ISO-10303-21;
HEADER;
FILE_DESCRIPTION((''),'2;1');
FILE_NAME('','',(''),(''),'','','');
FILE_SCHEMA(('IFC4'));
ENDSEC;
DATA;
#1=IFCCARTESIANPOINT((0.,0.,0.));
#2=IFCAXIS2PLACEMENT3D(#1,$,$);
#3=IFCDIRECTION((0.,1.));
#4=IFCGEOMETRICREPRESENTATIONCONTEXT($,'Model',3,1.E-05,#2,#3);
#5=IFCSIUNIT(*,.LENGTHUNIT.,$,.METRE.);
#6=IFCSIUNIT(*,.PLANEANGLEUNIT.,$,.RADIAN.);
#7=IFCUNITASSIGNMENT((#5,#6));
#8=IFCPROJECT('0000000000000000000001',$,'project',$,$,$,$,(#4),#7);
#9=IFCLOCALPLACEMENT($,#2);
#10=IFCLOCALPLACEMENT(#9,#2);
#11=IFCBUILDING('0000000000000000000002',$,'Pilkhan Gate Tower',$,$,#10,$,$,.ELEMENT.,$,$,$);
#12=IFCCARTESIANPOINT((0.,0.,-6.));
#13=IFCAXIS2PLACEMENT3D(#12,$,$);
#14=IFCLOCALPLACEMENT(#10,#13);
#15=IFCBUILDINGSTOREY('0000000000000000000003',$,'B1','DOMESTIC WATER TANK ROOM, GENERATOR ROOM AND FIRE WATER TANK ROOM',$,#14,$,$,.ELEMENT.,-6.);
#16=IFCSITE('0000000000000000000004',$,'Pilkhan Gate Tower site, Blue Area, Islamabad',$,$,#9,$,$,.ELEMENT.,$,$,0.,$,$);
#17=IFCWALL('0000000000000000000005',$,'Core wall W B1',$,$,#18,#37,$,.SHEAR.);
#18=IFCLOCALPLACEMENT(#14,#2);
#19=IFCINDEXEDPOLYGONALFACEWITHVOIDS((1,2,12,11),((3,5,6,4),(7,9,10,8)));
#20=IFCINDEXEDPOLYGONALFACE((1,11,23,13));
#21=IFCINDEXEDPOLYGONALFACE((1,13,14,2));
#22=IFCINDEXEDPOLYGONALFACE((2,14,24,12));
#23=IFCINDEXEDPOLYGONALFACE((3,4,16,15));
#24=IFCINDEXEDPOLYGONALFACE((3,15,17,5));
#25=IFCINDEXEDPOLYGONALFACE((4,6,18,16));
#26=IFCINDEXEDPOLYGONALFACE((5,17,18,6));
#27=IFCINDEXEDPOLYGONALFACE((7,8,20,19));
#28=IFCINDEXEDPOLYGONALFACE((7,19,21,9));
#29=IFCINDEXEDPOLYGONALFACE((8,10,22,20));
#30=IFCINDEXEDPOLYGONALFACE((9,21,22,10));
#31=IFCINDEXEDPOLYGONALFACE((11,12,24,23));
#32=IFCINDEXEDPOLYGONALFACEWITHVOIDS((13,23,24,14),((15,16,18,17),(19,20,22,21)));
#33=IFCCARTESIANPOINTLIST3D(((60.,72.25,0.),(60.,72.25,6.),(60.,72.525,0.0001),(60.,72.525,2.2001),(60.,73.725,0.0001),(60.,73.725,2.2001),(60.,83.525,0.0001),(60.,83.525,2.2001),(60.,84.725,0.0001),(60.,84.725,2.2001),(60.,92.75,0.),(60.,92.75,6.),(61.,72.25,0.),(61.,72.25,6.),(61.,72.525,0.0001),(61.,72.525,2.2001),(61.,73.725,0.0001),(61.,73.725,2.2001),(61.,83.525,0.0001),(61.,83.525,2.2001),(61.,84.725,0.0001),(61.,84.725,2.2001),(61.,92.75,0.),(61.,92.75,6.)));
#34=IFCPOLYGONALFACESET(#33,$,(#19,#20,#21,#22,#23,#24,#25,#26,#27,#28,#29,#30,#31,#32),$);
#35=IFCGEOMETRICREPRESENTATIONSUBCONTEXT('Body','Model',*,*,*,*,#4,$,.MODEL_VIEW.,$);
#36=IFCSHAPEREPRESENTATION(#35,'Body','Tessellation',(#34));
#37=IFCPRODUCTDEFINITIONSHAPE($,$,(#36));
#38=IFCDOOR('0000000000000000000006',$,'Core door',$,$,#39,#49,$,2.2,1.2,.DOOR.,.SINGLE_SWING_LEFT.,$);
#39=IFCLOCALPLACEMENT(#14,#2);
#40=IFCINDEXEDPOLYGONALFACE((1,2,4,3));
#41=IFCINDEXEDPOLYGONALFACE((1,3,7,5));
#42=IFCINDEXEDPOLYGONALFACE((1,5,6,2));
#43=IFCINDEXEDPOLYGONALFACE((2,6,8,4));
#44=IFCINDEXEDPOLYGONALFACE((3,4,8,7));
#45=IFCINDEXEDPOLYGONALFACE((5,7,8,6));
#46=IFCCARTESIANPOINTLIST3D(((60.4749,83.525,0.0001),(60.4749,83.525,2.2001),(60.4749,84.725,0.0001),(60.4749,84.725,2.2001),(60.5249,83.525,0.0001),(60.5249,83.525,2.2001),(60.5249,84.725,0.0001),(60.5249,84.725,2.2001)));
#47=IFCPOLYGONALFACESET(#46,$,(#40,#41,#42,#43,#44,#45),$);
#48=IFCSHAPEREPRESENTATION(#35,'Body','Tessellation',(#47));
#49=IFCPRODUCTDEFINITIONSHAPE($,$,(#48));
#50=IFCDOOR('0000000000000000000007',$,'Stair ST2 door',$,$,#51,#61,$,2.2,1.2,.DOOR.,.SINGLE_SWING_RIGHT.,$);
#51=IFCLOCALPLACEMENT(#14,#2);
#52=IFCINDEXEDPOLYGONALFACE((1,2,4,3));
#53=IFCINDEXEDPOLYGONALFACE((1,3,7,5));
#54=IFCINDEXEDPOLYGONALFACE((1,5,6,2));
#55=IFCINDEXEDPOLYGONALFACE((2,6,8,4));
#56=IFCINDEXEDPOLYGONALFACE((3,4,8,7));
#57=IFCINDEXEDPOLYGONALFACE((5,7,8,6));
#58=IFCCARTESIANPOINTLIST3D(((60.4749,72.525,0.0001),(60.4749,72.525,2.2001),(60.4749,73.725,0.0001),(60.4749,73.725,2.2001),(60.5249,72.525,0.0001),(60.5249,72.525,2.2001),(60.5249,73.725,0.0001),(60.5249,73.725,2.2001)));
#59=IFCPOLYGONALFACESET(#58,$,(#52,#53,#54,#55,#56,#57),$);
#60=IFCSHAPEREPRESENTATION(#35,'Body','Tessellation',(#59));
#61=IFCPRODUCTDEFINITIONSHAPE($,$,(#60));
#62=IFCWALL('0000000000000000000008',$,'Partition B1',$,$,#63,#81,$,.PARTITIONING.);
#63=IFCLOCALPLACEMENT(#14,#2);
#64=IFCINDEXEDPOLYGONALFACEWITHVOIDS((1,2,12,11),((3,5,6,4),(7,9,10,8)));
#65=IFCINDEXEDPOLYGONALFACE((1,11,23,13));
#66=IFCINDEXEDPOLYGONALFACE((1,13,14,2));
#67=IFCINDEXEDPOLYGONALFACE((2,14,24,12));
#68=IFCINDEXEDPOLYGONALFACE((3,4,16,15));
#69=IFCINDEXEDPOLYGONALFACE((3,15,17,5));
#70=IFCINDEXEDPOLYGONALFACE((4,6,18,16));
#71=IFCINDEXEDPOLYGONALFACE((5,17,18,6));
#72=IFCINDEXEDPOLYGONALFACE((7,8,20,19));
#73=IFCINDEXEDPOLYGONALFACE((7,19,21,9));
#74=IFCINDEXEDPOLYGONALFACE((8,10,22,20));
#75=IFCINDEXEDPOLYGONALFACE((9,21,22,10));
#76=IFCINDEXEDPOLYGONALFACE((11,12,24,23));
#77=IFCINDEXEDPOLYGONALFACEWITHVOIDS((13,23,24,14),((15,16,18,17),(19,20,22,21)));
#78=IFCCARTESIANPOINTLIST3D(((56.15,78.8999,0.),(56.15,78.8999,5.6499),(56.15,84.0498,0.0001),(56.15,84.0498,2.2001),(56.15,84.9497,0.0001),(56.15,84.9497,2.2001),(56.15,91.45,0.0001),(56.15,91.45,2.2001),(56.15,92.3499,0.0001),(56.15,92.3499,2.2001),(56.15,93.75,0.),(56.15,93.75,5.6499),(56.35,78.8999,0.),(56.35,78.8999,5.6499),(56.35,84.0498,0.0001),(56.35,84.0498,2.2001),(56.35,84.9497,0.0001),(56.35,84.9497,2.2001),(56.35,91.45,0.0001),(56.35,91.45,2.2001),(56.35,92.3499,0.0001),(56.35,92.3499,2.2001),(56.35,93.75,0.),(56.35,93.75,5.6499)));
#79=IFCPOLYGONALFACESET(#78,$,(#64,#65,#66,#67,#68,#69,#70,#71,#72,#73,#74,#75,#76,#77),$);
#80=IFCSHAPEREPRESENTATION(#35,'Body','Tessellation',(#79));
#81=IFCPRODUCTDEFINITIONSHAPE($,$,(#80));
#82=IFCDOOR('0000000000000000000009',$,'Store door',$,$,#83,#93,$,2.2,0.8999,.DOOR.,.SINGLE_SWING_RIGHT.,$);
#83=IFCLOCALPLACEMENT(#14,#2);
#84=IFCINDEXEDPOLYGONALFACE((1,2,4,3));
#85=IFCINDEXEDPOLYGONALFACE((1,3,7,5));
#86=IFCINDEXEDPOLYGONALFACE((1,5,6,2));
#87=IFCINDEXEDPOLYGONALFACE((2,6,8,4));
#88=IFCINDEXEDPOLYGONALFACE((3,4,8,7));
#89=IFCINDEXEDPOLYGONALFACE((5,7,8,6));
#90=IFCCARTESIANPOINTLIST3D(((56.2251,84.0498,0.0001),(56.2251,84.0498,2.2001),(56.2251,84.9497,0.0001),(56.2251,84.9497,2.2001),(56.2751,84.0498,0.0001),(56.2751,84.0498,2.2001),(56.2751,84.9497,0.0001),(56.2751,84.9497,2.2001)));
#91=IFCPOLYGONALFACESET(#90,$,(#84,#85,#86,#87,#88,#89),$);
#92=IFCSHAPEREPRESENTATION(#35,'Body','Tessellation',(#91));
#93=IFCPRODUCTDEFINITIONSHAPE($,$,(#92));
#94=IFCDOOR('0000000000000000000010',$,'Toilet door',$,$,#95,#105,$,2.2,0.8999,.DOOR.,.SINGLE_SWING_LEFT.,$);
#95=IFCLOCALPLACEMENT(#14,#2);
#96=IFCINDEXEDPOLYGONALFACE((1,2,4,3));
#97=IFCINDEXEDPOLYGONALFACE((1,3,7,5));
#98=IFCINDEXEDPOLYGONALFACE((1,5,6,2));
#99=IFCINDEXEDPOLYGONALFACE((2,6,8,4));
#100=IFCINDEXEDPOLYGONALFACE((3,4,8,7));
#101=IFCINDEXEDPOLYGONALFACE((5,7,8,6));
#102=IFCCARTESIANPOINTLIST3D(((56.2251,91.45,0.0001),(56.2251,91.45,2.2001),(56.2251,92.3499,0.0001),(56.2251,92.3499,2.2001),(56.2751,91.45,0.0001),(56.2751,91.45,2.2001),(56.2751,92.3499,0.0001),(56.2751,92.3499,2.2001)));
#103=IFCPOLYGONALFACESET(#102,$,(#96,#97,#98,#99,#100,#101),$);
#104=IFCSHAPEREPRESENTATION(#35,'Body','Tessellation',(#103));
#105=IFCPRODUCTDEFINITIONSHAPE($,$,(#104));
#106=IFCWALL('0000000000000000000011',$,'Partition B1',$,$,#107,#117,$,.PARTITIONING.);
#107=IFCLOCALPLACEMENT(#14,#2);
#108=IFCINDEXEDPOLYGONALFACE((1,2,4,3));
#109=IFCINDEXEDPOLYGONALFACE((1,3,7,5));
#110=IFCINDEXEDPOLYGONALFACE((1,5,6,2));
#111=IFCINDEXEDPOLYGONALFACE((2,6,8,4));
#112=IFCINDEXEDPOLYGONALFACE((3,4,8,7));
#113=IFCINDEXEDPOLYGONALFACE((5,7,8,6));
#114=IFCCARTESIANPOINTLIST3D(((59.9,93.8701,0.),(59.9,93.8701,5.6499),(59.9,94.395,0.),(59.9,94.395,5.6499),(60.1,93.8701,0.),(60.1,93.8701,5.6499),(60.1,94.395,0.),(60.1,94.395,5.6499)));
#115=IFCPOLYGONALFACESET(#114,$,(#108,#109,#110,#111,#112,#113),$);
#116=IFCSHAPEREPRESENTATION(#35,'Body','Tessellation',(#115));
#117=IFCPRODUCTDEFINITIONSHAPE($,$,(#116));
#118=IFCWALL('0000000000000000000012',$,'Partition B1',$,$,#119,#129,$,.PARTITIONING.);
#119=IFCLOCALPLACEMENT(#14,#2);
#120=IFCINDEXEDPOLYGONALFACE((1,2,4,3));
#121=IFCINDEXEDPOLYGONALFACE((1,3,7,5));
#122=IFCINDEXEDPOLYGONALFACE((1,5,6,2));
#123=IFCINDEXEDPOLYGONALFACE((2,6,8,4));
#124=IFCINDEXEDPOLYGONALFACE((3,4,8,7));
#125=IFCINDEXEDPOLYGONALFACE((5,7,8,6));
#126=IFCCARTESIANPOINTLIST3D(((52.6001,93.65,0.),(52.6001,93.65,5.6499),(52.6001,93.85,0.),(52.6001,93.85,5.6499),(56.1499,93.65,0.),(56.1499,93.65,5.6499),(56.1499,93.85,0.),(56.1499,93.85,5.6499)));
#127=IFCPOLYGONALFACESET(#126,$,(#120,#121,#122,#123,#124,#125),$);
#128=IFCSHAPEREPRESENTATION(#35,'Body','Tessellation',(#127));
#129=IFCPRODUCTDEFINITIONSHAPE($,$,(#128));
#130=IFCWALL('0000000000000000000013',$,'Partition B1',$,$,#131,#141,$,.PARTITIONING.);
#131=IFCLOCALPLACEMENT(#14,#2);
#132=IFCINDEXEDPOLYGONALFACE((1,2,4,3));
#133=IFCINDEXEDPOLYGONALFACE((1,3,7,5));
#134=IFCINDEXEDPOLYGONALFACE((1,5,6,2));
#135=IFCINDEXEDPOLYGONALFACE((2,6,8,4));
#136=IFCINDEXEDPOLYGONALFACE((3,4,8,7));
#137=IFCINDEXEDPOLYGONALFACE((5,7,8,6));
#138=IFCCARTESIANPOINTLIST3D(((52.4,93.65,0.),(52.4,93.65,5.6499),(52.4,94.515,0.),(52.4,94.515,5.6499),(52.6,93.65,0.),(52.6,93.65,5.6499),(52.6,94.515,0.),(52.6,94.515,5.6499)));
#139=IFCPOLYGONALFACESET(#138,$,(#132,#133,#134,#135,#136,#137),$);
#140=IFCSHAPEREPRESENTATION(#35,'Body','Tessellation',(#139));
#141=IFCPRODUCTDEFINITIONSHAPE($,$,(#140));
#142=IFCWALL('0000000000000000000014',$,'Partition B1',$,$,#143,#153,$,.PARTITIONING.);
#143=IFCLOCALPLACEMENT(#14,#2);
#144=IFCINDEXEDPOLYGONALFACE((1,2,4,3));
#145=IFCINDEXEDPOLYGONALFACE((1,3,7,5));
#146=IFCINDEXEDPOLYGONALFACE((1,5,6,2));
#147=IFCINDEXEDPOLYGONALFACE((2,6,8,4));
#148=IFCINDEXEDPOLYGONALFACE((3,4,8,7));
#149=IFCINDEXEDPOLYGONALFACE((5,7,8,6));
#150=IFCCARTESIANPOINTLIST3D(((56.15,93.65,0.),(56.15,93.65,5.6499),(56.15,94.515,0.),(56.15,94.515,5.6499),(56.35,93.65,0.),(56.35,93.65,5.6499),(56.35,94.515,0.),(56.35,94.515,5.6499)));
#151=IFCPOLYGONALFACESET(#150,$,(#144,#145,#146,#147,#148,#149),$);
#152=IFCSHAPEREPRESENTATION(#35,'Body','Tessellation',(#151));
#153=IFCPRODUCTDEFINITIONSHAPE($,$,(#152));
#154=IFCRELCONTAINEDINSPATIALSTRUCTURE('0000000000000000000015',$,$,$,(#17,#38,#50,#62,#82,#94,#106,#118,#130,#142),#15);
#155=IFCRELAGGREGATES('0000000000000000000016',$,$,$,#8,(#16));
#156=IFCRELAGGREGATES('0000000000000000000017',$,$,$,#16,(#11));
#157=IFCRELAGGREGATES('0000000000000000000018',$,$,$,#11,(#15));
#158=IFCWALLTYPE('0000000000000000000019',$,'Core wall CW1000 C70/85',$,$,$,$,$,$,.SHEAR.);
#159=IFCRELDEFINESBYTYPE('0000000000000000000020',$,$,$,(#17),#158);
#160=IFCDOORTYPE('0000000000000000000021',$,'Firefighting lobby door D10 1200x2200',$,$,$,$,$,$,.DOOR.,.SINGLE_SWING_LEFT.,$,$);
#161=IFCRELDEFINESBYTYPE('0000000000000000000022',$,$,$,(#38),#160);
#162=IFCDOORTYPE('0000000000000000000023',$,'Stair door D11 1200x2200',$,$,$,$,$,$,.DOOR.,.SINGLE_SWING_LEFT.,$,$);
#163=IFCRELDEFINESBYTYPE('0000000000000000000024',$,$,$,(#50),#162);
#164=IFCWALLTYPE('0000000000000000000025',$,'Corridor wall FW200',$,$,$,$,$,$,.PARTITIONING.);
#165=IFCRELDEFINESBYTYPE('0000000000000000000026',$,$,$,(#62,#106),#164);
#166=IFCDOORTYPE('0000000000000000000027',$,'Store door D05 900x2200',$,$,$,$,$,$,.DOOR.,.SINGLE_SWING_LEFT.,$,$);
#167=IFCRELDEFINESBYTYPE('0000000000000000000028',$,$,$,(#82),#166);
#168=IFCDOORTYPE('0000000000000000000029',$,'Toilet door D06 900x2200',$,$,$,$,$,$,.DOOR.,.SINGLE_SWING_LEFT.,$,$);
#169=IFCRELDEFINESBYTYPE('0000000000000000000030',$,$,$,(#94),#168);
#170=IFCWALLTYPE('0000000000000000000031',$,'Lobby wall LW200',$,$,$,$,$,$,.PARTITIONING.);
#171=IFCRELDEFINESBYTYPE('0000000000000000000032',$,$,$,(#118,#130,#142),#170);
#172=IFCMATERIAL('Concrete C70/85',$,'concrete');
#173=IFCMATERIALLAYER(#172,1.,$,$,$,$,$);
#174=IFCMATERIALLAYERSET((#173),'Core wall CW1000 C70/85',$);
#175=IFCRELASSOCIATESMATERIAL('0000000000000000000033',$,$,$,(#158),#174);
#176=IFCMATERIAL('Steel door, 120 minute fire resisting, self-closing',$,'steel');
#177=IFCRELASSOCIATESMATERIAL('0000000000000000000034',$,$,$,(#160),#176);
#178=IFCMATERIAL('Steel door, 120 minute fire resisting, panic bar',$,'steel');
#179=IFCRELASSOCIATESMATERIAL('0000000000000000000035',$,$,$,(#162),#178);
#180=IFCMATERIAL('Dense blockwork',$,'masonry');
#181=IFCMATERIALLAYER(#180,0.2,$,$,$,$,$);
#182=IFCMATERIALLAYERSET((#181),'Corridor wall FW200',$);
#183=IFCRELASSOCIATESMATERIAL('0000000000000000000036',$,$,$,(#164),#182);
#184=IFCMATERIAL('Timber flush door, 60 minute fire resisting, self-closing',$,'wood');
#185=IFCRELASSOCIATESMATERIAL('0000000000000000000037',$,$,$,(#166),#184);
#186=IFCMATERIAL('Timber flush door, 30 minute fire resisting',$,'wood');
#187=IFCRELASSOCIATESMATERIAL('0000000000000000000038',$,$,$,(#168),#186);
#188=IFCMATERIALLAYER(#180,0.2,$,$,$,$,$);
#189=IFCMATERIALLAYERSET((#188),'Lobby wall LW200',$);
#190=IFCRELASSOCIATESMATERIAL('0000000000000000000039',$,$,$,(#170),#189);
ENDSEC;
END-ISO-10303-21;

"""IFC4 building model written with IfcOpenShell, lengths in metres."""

from ifc_helpers import new_model, si_unit, direction, frame, frame_2d, origin, place, context, subcontext, project, spatial, rectangle, extrude, material, layer, layer_set, type_object, element, fill, save


model = new_model("IFC4")

# Units and contexts
model_context = context("Model", 3, precision=1e-05, world=origin(), true_north=direction((0.0, 1.0)))
body_context = subcontext(model_context, "Body", "Model", "MODEL_VIEW")
ifc_project = project(units=[si_unit("LENGTHUNIT", "METRE"), si_unit("PLANEANGLEUNIT", "RADIAN")], contexts=[model_context])

# Site, building, storey
site_placement = place(None, origin())
site = spatial("IfcSite", under=ifc_project, at=site_placement, Name="Pilkhan Gate Tower site, Blue Area, Islamabad", CompositionType="ELEMENT", RefElevation=0.0)
building_placement = place(site_placement, origin())
building = spatial("IfcBuilding", under=site, at=building_placement, Name="Pilkhan Gate Tower", CompositionType="ELEMENT")
storey_placement = place(building_placement, frame((0.0, 0.0, -6.0)))
storey = spatial("IfcBuildingStorey", under=building, at=storey_placement, Name="B1", Description="DOMESTIC WATER TANK ROOM, GENERATOR ROOM AND FIRE WATER TANK ROOM", CompositionType="ELEMENT", Elevation=-6.0)

# Shared definitions
ifc_material_1 = material(Name="Concrete C70/85", Category="concrete")

# Walls, openings, doors
ifc_layer_1 = layer(ifc_material_1, 1.0)
ifc_layer_set_1 = layer_set([ifc_layer_1], Name="Core wall CW1000 C70/85")
wall_type_1 = type_object("IfcWallType", Name="Core wall CW1000 C70/85", PredefinedType="SHEAR", material=ifc_layer_set_1)
wall_1_placement = place(storey_placement, frame((60.5, 92.75, 0.0), z_axis=(0.0, 0.0, 1.0), x_axis=(0.0, -1.0, 0.0)))
wall_1 = element("IfcWall", 1, at=wall_1_placement, inside=storey, type_object=wall_type_1, Name="Core wall W B1", PredefinedType="SHEAR", context=body_context, shape_type="SweptSolid", body=[
    extrude(rectangle(XDim=20.5, YDim=1.0, at=frame_2d((10.25, 0.0))), origin(), (0.0, 0.0, 1.0), 6.0),
])
opening_1_placement = place(wall_1_placement, frame((19.0249, 0.0, 0.0)))
opening_1 = element("IfcOpeningElement", 2, at=opening_1_placement, cuts=wall_1, PredefinedType="OPENING", context=body_context, shape_type="SweptSolid", body=[
    extrude(rectangle(XDim=1.2, YDim=2.2, at=frame_2d((0.6001, 1.1001))), frame((0.0, 0.51, 0.0), z_axis=(0.0, -1.0, 0.0), x_axis=(1.0, 0.0, 0.0)), (0.0, 0.0, 1.0), 1.02),
])
opening_2_placement = place(wall_1_placement, frame((8.0249, 0.0, 0.0)))
opening_2 = element("IfcOpeningElement", 3, at=opening_2_placement, cuts=wall_1, PredefinedType="OPENING", context=body_context, shape_type="SweptSolid", body=[
    extrude(rectangle(XDim=1.2, YDim=2.2, at=frame_2d((0.6001, 1.1001))), frame((0.0, 0.51, 0.0), z_axis=(0.0, -1.0, 0.0), x_axis=(1.0, 0.0, 0.0)), (0.0, 0.0, 1.0), 1.02),
])
ifc_material_2 = material(Name="Steel door, 120 minute fire resisting, self-closing", Category="steel")
door_type_1 = type_object("IfcDoorType", Name="Firefighting lobby door D10 1200x2200", OperationType="SINGLE_SWING_LEFT", PredefinedType="DOOR", material=ifc_material_2)
door_1_placement = place(opening_2_placement, origin())
door_1 = element("IfcDoor", 4, at=door_1_placement, inside=storey, type_object=door_type_1, Name="Core door", OperationType="SINGLE_SWING_LEFT", OverallHeight=2.2, OverallWidth=1.2, PredefinedType="DOOR", context=body_context, shape_type="SweptSolid", body=[
    extrude(rectangle(XDim=1.2, YDim=2.2, at=frame_2d((0.6001, 1.1001))), frame((0.0, 0.0249, 0.0), z_axis=(0.0, -1.0, 0.0), x_axis=(1.0, 0.0, 0.0)), (0.0, 0.0, 1.0), 0.05),
])
fill(opening_2, door_1)
ifc_material_3 = material(Name="Steel door, 120 minute fire resisting, panic bar", Category="steel")
door_type_2 = type_object("IfcDoorType", Name="Stair door D11 1200x2200", OperationType="SINGLE_SWING_LEFT", PredefinedType="DOOR", material=ifc_material_3)
door_2_placement = place(opening_1_placement, origin())
door_2 = element("IfcDoor", 5, at=door_2_placement, inside=storey, type_object=door_type_2, Name="Stair ST2 door", OperationType="SINGLE_SWING_RIGHT", OverallHeight=2.2, OverallWidth=1.2, PredefinedType="DOOR", context=body_context, shape_type="SweptSolid", body=[
    extrude(rectangle(XDim=1.2, YDim=2.2, at=frame_2d((0.6001, 1.1001))), frame((0.0, 0.0249, 0.0), z_axis=(0.0, -1.0, 0.0), x_axis=(1.0, 0.0, 0.0)), (0.0, 0.0, 1.0), 0.05),
])
fill(opening_1, door_2)
ifc_material_4 = material(Name="Dense blockwork", Category="masonry")
ifc_layer_2 = layer(ifc_material_4, 0.2)
ifc_layer_set_2 = layer_set([ifc_layer_2], Name="Corridor wall FW200")
wall_type_2 = type_object("IfcWallType", Name="Corridor wall FW200", PredefinedType="PARTITIONING", material=ifc_layer_set_2)
wall_2_placement = place(storey_placement, frame((56.25, 78.8999, 0.0), z_axis=(0.0, 0.0, 1.0), x_axis=(0.0, 1.0, 0.0)))
wall_2 = element("IfcWall", 6, at=wall_2_placement, inside=storey, type_object=wall_type_2, Name="Partition B1", PredefinedType="PARTITIONING", context=body_context, shape_type="SweptSolid", body=[
    extrude(rectangle(XDim=14.8501, YDim=0.2, at=frame_2d((7.425, 0.0))), origin(), (0.0, 0.0, 1.0), 5.6499),
])
opening_3_placement = place(wall_2_placement, frame((5.1499, 0.0, 0.0)))
opening_3 = element("IfcOpeningElement", 7, at=opening_3_placement, cuts=wall_2, PredefinedType="OPENING", context=body_context, shape_type="SweptSolid", body=[
    extrude(rectangle(XDim=0.8999, YDim=2.2, at=frame_2d((0.45, 1.1001))), frame((0.0, 0.1099, 0.0), z_axis=(0.0, -1.0, 0.0), x_axis=(1.0, 0.0, 0.0)), (0.0, 0.0, 1.0), 0.22),
])
opening_4_placement = place(wall_2_placement, frame((12.55, 0.0, 0.0)))
opening_4 = element("IfcOpeningElement", 8, at=opening_4_placement, cuts=wall_2, PredefinedType="OPENING", context=body_context, shape_type="SweptSolid", body=[
    extrude(rectangle(XDim=0.8999, YDim=2.2, at=frame_2d((0.45, 1.1001))), frame((0.0, 0.1099, 0.0), z_axis=(0.0, -1.0, 0.0), x_axis=(1.0, 0.0, 0.0)), (0.0, 0.0, 1.0), 0.22),
])
ifc_material_5 = material(Name="Timber flush door, 60 minute fire resisting, self-closing", Category="wood")
door_type_3 = type_object("IfcDoorType", Name="Store door D05 900x2200", OperationType="SINGLE_SWING_LEFT", PredefinedType="DOOR", material=ifc_material_5)
door_3_placement = place(opening_3_placement, origin())
door_3 = element("IfcDoor", 9, at=door_3_placement, inside=storey, type_object=door_type_3, Name="Store door", OperationType="SINGLE_SWING_RIGHT", OverallHeight=2.2, OverallWidth=0.8999, PredefinedType="DOOR", context=body_context, shape_type="SweptSolid", body=[
    extrude(rectangle(XDim=0.8999, YDim=2.2, at=frame_2d((0.45, 1.1001))), frame((0.0, 0.0249, 0.0), z_axis=(0.0, -1.0, 0.0), x_axis=(1.0, 0.0, 0.0)), (0.0, 0.0, 1.0), 0.05),
])
fill(opening_3, door_3)
ifc_material_6 = material(Name="Timber flush door, 30 minute fire resisting", Category="wood")
door_type_4 = type_object("IfcDoorType", Name="Toilet door D06 900x2200", OperationType="SINGLE_SWING_LEFT", PredefinedType="DOOR", material=ifc_material_6)
door_4_placement = place(opening_4_placement, origin())
door_4 = element("IfcDoor", 10, at=door_4_placement, inside=storey, type_object=door_type_4, Name="Toilet door", OperationType="SINGLE_SWING_LEFT", OverallHeight=2.2, OverallWidth=0.8999, PredefinedType="DOOR", context=body_context, shape_type="SweptSolid", body=[
    extrude(rectangle(XDim=0.8999, YDim=2.2, at=frame_2d((0.45, 1.1001))), frame((0.0, 0.0249, 0.0), z_axis=(0.0, -1.0, 0.0), x_axis=(1.0, 0.0, 0.0)), (0.0, 0.0, 1.0), 0.05),
])
fill(opening_4, door_4)

# Walls
wall_3_placement = place(storey_placement, frame((60.0, 93.8701, 0.0), z_axis=(0.0, 0.0, 1.0), x_axis=(0.0, 1.0, 0.0)))
element("IfcWall", 11, at=wall_3_placement, inside=storey, type_object=wall_type_2, Name="Partition B1", PredefinedType="PARTITIONING", context=body_context, shape_type="SweptSolid", body=[
    extrude(rectangle(XDim=0.5249, YDim=0.2, at=frame_2d((0.2625, 0.0))), origin(), (0.0, 0.0, 1.0), 5.6499),
])
ifc_layer_3 = layer(ifc_material_4, 0.2)
ifc_layer_set_3 = layer_set([ifc_layer_3], Name="Lobby wall LW200")
wall_type_3 = type_object("IfcWallType", Name="Lobby wall LW200", PredefinedType="PARTITIONING", material=ifc_layer_set_3)
wall_4_placement = place(storey_placement, frame((52.6001, 93.75, 0.0), z_axis=(0.0, 0.0, 1.0), x_axis=(1.0, 0.0, 0.0)))
element("IfcWall", 12, at=wall_4_placement, inside=storey, type_object=wall_type_3, Name="Partition B1", PredefinedType="PARTITIONING", context=body_context, shape_type="SweptSolid", body=[
    extrude(rectangle(XDim=3.5498, YDim=0.2, at=frame_2d((1.7749, 0.0))), origin(), (0.0, 0.0, 1.0), 5.6499),
])
for number, where, z_axis, x_axis, name in (
    (13, (52.5, 93.6499, 0.0), (0.0, 0.0, 1.0), (0.0, 1.0, 0.0), "Partition B1"),
    (14, (56.25, 93.6499, 0.0), (0.0, 0.0, 1.0), (0.0, 1.0, 0.0), "Partition B1"),
):
    element("IfcWall", number, at=place(storey_placement, frame(where, z_axis=z_axis, x_axis=x_axis)), inside=storey, type_object=wall_type_3, Name=name, PredefinedType="PARTITIONING", context=body_context, shape_type="SweptSolid", body=[
        extrude(rectangle(XDim=0.865, YDim=0.2, at=frame_2d((0.4326, 0.0))), origin(), (0.0, 0.0, 1.0), 5.6499),
    ])

save(model, "model.ifc")
